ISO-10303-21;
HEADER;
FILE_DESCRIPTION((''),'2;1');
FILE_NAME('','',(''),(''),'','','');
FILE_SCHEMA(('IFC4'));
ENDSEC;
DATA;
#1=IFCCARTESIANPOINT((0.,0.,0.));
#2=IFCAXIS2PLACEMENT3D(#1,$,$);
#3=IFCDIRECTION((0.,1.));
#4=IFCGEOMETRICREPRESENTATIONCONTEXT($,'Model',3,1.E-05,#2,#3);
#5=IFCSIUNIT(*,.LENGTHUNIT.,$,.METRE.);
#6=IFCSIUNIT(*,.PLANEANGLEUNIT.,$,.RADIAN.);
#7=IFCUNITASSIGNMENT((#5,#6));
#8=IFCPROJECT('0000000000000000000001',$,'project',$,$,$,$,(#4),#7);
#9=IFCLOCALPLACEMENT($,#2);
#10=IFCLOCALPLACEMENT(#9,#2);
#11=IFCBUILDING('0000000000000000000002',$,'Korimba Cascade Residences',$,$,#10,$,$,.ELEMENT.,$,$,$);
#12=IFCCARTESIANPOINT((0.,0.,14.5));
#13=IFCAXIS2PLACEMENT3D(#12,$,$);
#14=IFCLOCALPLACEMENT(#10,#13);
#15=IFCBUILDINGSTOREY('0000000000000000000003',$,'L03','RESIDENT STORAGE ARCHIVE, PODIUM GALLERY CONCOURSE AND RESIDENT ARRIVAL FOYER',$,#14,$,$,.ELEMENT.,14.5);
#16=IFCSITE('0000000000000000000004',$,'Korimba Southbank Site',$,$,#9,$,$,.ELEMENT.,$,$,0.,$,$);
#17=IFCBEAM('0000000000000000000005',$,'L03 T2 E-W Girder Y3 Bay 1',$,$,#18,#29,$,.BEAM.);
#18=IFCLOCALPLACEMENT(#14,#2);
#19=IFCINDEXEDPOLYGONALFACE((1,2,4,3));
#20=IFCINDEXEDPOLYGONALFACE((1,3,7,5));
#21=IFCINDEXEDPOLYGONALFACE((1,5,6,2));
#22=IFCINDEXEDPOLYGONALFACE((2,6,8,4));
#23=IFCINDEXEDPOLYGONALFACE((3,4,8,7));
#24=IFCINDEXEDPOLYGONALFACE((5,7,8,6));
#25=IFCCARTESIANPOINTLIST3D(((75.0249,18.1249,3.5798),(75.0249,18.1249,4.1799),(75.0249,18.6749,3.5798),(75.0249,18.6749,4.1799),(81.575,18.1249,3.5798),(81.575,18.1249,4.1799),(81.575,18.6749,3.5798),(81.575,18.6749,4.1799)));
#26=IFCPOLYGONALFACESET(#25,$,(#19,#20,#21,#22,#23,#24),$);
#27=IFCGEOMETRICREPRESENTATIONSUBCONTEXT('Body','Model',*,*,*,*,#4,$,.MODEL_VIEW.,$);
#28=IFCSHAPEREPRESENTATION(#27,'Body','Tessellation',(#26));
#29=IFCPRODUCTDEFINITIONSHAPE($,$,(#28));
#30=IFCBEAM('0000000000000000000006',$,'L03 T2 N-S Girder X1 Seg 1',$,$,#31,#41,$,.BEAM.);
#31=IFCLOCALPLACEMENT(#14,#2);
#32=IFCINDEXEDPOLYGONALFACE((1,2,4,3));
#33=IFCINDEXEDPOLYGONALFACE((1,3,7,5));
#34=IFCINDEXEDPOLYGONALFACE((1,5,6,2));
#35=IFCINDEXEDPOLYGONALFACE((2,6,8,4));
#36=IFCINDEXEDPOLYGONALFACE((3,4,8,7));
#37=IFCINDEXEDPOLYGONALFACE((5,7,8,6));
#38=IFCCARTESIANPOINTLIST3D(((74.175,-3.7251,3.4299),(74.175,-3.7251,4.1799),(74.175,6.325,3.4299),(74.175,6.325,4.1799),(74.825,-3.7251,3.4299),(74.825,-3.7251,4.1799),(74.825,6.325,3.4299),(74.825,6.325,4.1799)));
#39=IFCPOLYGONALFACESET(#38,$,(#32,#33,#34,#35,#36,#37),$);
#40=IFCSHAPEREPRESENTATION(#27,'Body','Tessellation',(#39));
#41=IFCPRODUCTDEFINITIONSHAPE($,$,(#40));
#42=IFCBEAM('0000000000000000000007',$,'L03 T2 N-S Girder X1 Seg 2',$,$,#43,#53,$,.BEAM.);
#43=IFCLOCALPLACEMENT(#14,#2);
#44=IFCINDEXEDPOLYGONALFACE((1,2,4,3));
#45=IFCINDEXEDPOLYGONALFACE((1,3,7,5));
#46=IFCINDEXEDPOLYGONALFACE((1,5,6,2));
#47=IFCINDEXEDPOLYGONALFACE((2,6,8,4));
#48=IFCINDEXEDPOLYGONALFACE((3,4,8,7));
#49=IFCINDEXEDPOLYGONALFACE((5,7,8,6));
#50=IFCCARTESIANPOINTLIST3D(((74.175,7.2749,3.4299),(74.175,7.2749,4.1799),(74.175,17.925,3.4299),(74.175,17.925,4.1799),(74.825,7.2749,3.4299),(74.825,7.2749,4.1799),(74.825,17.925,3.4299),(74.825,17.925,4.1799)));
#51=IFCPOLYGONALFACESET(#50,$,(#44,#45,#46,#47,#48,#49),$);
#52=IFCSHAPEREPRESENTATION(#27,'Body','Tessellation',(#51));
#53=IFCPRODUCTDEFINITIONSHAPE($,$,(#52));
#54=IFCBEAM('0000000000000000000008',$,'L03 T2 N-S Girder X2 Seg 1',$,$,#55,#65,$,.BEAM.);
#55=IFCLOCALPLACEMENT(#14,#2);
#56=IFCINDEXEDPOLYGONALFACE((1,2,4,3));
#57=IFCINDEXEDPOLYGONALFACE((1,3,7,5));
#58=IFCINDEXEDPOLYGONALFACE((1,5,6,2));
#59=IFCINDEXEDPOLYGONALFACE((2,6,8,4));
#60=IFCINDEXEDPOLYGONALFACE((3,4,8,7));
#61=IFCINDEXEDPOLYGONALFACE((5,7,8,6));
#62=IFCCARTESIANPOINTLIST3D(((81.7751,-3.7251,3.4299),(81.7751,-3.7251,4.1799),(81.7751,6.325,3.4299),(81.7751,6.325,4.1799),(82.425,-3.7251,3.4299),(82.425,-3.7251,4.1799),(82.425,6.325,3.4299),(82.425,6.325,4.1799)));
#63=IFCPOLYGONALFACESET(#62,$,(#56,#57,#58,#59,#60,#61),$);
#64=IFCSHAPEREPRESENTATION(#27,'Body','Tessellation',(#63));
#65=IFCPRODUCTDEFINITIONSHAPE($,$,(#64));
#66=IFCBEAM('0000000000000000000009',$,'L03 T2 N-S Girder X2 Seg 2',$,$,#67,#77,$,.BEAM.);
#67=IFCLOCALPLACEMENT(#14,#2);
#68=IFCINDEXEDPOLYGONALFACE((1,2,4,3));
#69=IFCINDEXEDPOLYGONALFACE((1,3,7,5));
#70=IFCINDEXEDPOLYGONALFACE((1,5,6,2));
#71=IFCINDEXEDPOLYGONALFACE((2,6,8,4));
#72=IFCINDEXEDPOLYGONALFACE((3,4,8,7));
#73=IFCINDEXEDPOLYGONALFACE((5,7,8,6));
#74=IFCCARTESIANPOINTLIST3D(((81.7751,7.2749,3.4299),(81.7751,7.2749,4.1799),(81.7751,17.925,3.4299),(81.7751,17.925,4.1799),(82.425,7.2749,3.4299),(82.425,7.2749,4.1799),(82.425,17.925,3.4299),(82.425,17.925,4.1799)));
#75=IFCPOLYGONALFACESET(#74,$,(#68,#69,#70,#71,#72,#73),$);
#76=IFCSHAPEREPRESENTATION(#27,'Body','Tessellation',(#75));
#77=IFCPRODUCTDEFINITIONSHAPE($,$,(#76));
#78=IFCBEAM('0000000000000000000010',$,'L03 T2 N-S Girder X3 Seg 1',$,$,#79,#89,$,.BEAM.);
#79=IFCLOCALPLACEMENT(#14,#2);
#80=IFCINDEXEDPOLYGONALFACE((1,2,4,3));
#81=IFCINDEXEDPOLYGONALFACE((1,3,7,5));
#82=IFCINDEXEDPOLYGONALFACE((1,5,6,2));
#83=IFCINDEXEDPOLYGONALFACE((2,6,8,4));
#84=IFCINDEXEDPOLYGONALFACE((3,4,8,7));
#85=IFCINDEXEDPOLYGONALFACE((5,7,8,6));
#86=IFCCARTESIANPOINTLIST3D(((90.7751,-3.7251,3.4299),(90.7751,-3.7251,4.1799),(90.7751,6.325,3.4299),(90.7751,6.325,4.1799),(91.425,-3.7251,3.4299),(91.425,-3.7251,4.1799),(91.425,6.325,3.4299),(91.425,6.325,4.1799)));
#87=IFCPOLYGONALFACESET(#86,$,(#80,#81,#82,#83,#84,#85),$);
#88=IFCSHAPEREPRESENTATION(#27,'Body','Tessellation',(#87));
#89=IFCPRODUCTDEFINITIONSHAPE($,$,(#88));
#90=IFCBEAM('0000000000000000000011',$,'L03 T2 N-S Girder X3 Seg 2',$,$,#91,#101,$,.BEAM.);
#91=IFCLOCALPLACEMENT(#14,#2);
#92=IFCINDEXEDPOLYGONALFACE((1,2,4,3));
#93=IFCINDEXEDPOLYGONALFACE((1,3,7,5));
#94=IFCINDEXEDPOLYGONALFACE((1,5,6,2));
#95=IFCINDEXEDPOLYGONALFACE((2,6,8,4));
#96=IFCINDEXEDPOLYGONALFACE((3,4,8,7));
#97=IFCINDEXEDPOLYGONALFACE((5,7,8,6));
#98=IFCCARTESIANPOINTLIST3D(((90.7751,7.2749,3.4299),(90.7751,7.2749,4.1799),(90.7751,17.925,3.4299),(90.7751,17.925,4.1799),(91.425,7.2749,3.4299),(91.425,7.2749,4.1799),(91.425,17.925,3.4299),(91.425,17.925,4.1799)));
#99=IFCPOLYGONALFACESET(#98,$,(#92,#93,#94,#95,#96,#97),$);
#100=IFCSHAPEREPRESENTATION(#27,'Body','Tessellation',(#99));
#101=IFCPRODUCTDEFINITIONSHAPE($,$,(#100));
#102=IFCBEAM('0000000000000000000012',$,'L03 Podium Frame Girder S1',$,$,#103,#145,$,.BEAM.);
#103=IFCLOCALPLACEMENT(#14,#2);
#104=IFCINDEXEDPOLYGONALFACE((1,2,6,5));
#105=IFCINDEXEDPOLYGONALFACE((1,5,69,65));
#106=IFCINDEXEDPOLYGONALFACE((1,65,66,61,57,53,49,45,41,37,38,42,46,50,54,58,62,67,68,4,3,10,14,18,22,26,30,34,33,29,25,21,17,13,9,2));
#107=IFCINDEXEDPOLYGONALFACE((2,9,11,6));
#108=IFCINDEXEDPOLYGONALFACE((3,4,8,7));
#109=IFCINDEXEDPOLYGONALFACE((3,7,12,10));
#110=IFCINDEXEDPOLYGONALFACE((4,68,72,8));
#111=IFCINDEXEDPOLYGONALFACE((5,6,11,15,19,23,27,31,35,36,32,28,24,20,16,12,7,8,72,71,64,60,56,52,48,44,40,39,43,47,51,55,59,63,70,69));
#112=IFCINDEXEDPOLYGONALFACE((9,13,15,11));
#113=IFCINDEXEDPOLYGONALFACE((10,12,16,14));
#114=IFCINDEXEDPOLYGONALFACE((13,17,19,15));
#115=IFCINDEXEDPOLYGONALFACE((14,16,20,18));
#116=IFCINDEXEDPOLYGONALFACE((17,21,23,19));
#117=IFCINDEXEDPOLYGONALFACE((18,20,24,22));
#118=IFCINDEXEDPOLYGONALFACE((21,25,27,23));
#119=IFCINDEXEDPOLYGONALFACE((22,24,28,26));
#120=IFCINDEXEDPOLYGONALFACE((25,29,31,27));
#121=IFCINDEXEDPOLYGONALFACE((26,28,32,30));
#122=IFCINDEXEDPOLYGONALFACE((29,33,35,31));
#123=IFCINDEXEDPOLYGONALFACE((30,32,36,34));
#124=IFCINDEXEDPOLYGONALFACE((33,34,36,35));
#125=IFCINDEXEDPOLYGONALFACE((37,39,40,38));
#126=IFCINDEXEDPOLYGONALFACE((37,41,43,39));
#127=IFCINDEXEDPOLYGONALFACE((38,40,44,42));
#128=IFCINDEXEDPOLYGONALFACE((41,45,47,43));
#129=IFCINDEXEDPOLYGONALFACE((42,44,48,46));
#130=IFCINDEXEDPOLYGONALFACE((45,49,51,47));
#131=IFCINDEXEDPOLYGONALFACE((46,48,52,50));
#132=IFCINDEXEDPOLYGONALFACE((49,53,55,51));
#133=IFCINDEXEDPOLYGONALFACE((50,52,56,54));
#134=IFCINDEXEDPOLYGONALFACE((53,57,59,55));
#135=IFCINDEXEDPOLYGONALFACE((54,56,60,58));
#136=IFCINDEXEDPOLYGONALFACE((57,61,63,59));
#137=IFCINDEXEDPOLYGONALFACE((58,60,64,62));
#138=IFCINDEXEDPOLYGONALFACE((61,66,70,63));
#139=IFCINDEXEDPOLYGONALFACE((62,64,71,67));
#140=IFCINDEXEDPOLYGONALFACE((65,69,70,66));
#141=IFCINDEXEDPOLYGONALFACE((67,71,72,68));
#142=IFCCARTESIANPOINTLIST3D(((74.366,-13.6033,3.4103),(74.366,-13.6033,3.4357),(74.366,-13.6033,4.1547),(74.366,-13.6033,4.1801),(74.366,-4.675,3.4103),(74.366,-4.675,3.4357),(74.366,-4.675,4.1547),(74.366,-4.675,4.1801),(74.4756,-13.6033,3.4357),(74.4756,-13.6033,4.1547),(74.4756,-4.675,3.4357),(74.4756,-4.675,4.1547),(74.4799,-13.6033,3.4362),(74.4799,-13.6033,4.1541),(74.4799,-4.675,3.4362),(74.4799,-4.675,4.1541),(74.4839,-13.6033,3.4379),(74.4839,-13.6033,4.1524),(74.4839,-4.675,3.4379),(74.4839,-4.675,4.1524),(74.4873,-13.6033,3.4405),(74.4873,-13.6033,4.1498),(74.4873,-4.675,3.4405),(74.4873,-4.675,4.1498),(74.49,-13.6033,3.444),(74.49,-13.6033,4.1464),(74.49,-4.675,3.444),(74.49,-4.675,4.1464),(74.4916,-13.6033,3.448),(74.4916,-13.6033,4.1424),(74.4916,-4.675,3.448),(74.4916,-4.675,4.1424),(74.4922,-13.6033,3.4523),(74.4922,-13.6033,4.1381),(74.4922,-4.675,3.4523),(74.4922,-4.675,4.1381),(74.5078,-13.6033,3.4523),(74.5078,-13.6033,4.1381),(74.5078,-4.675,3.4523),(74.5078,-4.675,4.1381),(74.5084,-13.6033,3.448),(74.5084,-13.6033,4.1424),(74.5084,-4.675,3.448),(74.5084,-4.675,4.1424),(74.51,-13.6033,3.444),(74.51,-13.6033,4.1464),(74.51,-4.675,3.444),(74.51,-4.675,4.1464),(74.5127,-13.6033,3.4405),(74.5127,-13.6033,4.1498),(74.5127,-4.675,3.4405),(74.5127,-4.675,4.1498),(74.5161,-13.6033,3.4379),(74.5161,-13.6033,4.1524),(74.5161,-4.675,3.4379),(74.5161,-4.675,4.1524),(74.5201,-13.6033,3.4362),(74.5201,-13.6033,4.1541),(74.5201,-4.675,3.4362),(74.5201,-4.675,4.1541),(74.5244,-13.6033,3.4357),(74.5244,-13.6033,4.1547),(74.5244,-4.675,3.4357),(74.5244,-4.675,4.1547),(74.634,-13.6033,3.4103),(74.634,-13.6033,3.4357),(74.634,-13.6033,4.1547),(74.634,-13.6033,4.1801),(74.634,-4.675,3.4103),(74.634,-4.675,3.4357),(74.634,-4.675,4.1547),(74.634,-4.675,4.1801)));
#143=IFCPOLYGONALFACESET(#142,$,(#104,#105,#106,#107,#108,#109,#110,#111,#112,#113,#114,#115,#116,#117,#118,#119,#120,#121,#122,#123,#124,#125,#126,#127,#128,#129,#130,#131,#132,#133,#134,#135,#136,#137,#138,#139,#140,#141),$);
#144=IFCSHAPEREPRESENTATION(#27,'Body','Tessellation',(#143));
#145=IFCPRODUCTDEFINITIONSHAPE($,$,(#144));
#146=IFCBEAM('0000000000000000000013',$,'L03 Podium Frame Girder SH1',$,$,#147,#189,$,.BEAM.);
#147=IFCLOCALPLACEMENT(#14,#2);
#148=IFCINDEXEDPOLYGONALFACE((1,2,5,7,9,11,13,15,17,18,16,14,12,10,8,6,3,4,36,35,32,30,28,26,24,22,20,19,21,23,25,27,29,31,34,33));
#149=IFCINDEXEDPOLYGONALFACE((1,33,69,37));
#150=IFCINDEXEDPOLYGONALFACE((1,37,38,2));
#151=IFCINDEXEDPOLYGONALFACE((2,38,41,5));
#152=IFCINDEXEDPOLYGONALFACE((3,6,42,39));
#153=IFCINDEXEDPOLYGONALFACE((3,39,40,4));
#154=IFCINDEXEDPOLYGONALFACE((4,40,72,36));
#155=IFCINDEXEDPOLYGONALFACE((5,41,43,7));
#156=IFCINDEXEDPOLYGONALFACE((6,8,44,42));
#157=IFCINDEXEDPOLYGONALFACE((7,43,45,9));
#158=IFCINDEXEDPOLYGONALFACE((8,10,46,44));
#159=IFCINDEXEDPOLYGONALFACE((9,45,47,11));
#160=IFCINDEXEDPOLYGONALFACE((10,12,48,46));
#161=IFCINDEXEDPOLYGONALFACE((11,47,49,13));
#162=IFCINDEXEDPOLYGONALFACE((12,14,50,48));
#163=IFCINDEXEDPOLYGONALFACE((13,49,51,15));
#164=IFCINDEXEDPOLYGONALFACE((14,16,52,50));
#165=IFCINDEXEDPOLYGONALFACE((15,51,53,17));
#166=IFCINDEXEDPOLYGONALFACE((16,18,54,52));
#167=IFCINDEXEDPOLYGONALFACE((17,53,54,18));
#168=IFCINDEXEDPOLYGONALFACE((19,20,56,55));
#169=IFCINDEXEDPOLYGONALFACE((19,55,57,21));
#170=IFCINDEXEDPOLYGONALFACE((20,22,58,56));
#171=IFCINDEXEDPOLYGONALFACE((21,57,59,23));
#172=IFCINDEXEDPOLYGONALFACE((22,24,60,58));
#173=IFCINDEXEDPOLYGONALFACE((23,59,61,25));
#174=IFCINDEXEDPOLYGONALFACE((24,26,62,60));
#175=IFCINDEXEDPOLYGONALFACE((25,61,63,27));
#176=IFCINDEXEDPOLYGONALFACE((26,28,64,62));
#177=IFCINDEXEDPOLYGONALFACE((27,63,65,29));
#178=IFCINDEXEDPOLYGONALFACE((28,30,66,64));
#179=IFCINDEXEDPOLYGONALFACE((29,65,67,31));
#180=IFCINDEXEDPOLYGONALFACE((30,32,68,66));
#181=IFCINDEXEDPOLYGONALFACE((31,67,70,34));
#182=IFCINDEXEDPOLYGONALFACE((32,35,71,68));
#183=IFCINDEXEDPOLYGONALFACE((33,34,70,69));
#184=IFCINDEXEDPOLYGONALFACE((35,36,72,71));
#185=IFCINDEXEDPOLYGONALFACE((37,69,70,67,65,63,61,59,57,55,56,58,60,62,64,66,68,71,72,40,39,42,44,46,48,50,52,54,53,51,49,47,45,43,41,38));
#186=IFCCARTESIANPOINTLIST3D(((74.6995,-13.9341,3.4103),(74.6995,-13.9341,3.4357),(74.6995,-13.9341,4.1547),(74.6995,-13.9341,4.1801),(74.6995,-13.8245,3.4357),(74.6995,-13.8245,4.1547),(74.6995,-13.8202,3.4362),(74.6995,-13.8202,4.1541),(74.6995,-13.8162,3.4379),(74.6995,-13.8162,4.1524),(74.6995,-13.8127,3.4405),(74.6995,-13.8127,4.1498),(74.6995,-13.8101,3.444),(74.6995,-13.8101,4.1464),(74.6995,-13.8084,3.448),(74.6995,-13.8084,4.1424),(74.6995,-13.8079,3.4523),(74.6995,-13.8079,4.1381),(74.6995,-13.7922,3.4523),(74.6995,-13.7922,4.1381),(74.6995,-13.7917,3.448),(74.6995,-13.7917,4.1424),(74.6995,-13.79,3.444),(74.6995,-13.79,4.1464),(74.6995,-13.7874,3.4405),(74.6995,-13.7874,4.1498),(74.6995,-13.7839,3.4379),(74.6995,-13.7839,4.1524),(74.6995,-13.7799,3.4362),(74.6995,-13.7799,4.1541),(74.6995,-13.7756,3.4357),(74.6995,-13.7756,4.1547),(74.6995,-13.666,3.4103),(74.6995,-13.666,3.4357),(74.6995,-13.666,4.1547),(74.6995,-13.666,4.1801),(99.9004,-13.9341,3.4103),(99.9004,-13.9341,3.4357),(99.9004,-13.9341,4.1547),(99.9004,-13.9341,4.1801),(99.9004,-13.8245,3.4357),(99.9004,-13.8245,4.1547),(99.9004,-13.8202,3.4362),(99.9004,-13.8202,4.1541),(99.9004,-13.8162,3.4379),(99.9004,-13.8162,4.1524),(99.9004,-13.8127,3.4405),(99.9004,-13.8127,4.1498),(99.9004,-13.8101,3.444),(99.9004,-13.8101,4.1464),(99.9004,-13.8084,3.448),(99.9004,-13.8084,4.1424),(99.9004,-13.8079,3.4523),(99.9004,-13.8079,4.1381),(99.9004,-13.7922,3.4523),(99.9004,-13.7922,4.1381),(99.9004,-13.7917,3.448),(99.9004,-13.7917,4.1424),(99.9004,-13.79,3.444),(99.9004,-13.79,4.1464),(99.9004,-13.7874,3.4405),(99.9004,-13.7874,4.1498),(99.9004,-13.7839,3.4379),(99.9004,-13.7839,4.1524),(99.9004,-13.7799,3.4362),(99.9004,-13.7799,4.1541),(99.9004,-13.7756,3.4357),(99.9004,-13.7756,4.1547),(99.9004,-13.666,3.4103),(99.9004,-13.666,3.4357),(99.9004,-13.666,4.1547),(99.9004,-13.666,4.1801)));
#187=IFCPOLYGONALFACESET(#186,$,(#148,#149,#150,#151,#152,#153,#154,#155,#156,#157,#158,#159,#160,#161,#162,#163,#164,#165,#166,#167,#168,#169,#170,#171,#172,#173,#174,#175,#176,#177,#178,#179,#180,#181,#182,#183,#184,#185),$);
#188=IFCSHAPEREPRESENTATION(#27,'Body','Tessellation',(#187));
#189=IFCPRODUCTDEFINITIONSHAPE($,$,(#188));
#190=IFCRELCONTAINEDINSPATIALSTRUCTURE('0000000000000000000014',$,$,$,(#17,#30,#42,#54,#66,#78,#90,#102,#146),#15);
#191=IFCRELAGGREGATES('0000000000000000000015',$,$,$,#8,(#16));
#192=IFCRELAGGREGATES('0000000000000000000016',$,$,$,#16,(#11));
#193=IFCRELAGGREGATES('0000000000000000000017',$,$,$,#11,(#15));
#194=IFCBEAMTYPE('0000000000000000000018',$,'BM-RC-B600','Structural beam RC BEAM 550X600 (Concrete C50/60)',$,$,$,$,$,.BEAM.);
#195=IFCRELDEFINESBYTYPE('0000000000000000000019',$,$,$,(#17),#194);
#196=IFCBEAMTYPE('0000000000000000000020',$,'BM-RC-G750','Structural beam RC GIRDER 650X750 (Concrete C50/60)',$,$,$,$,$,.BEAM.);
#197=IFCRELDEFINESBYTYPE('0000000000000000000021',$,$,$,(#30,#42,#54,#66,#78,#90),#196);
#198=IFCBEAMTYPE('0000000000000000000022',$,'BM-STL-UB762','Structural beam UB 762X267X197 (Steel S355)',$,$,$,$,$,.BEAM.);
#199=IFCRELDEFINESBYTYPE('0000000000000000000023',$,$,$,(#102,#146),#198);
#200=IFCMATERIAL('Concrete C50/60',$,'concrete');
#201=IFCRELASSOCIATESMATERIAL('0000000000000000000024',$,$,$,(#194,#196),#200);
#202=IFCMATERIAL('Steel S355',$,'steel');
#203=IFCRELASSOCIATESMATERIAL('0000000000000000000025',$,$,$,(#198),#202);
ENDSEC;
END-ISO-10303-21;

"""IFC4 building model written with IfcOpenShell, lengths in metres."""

from ifc_helpers import new_model, si_unit, direction, frame, origin, origin_2d, place, context, subcontext, project, spatial, rectangle, i_section, extrude, material, material_profile, profile_set, type_object, element, save


model = new_model("IFC4")

# Units and contexts
model_context = context("Model", 3, precision=1e-05, world=origin(), true_north=direction((0.0, 1.0)))
body_context = subcontext(model_context, "Body", "Model", "MODEL_VIEW")
ifc_project = project(units=[si_unit("LENGTHUNIT", "METRE"), si_unit("PLANEANGLEUNIT", "RADIAN")], contexts=[model_context])

# Site, building, storey
site_placement = place(None, origin())
site = spatial("IfcSite", under=ifc_project, at=site_placement, Name="Korimba Southbank Site", CompositionType="ELEMENT", RefElevation=0.0)
building_placement = place(site_placement, origin())
building = spatial("IfcBuilding", under=site, at=building_placement, Name="Korimba Cascade Residences", CompositionType="ELEMENT")
storey_placement = place(building_placement, frame((0.0, 0.0, 14.5)))
storey = spatial("IfcBuildingStorey", under=building, at=storey_placement, Name="L03", Description="RESIDENT STORAGE ARCHIVE, PODIUM GALLERY CONCOURSE AND RESIDENT ARRIVAL FOYER", CompositionType="ELEMENT", Elevation=14.5)

# Shared definitions
ifc_material_1 = material(Name="Steel S355", Category="steel")

# Beams
ifc_material_2 = material(Name="Concrete C50/60", Category="concrete")
ifc_material_profile_1 = material_profile(ifc_material_2, rectangle(XDim=0.55, YDim=0.6001, at=origin_2d()), Name="Concrete C50/60")
ifc_profile_set_1 = profile_set([ifc_material_profile_1], Name="Concrete C50/60")
beam_type_1 = type_object("IfcBeamType", Name="BM-RC-B600", Description="Structural beam RC BEAM 550X600 (Concrete C50/60)", PredefinedType="BEAM", material=ifc_profile_set_1)
beam_1_placement = place(storey_placement, frame((75.0249, 18.3999, 3.8799), z_axis=(1.0, 0.0, 0.0), x_axis=(0.0, 1.0, 0.0)))
element("IfcBeam", 1, at=beam_1_placement, inside=storey, type_object=beam_type_1, Name="L03 T2 E-W Girder Y3 Bay 1", PredefinedType="BEAM", context=body_context, shape_type="SweptSolid", body=[
    extrude(rectangle(XDim=0.55, YDim=0.6001, at=origin_2d()), origin(), (0.0, 0.0, 1.0), 6.55),
])
ifc_material_profile_2 = material_profile(ifc_material_2, rectangle(XDim=0.6499, YDim=0.75, at=origin_2d()), Name="Concrete C50/60")
ifc_profile_set_2 = profile_set([ifc_material_profile_2], Name="Concrete C50/60")
beam_type_2 = type_object("IfcBeamType", Name="BM-RC-G750", Description="Structural beam RC GIRDER 650X750 (Concrete C50/60)", PredefinedType="BEAM", material=ifc_profile_set_2)
beam_2_placement = place(storey_placement, frame((74.5, -3.7251, 3.8049), z_axis=(0.0, 1.0, 0.0), x_axis=(-1.0, 0.0, 0.0)))
element("IfcBeam", 2, at=beam_2_placement, inside=storey, type_object=beam_type_2, Name="L03 T2 N-S Girder X1 Seg 1", PredefinedType="BEAM", context=body_context, shape_type="SweptSolid", body=[
    extrude(rectangle(XDim=0.6499, YDim=0.75, at=origin_2d()), origin(), (0.0, 0.0, 1.0), 10.05),
])
beam_3_placement = place(storey_placement, frame((74.5, 7.2749, 3.8049), z_axis=(0.0, 1.0, 0.0), x_axis=(-1.0, 0.0, 0.0)))
element("IfcBeam", 3, at=beam_3_placement, inside=storey, type_object=beam_type_2, Name="L03 T2 N-S Girder X1 Seg 2", PredefinedType="BEAM", context=body_context, shape_type="SweptSolid", body=[
    extrude(rectangle(XDim=0.6499, YDim=0.75, at=origin_2d()), origin(), (0.0, 0.0, 1.0), 10.6501),
])
beam_4_placement = place(storey_placement, frame((82.1001, -3.7251, 3.8049), z_axis=(0.0, 1.0, 0.0), x_axis=(-1.0, 0.0, 0.0)))
element("IfcBeam", 4, at=beam_4_placement, inside=storey, type_object=beam_type_2, Name="L03 T2 N-S Girder X2 Seg 1", PredefinedType="BEAM", context=body_context, shape_type="SweptSolid", body=[
    extrude(rectangle(XDim=0.6499, YDim=0.75, at=origin_2d()), origin(), (0.0, 0.0, 1.0), 10.05),
])
beam_5_placement = place(storey_placement, frame((82.1001, 7.2749, 3.8049), z_axis=(0.0, 1.0, 0.0), x_axis=(-1.0, 0.0, 0.0)))
element("IfcBeam", 5, at=beam_5_placement, inside=storey, type_object=beam_type_2, Name="L03 T2 N-S Girder X2 Seg 2", PredefinedType="BEAM", context=body_context, shape_type="SweptSolid", body=[
    extrude(rectangle(XDim=0.6499, YDim=0.75, at=origin_2d()), origin(), (0.0, 0.0, 1.0), 10.6501),
])
beam_6_placement = place(storey_placement, frame((91.1001, -3.7251, 3.8049), z_axis=(0.0, 1.0, 0.0), x_axis=(-1.0, 0.0, 0.0)))
element("IfcBeam", 6, at=beam_6_placement, inside=storey, type_object=beam_type_2, Name="L03 T2 N-S Girder X3 Seg 1", PredefinedType="BEAM", context=body_context, shape_type="SweptSolid", body=[
    extrude(rectangle(XDim=0.6499, YDim=0.75, at=origin_2d()), origin(), (0.0, 0.0, 1.0), 10.05),
])
beam_7_placement = place(storey_placement, frame((91.1001, 7.2749, 3.8049), z_axis=(0.0, 1.0, 0.0), x_axis=(-1.0, 0.0, 0.0)))
element("IfcBeam", 7, at=beam_7_placement, inside=storey, type_object=beam_type_2, Name="L03 T2 N-S Girder X3 Seg 2", PredefinedType="BEAM", context=body_context, shape_type="SweptSolid", body=[
    extrude(rectangle(XDim=0.6499, YDim=0.75, at=origin_2d()), origin(), (0.0, 0.0, 1.0), 10.6501),
])
ifc_material_profile_3 = material_profile(ifc_material_1, i_section(OverallWidth=0.2681, OverallDepth=0.7698, WebThickness=0.0156, FlangeThickness=0.0254, FilletRadius=0.0166, at=origin_2d()), Name="Steel S355")
ifc_profile_set_3 = profile_set([ifc_material_profile_3], Name="Steel S355")
beam_type_3 = type_object("IfcBeamType", Name="BM-STL-UB762", Description="Structural beam UB 762X267X197 (Steel S355)", PredefinedType="BEAM", material=ifc_profile_set_3)
beam_8_placement = place(storey_placement, frame((74.5, -13.6033, 3.7952), z_axis=(0.0, 1.0, 0.0), x_axis=(-1.0, 0.0, 0.0)))
element("IfcBeam", 8, at=beam_8_placement, inside=storey, type_object=beam_type_3, Name="L03 Podium Frame Girder S1", PredefinedType="BEAM", context=body_context, shape_type="SweptSolid", body=[
    extrude(i_section(OverallWidth=0.2681, OverallDepth=0.7698, WebThickness=0.0156, FlangeThickness=0.0254, FilletRadius=0.0166, at=origin_2d()), origin(), (0.0, 0.0, 1.0), 8.9282),
])
beam_9_placement = place(storey_placement, frame((74.6995, -13.8, 3.7952), z_axis=(1.0, 0.0, 0.0), x_axis=(0.0, 1.0, 0.0)))
element("IfcBeam", 9, at=beam_9_placement, inside=storey, type_object=beam_type_3, Name="L03 Podium Frame Girder SH1", PredefinedType="BEAM", context=body_context, shape_type="SweptSolid", body=[
    extrude(i_section(OverallWidth=0.2681, OverallDepth=0.7698, WebThickness=0.0156, FlangeThickness=0.0254, FilletRadius=0.0166, at=origin_2d()), origin(), (0.0, 0.0, 1.0), 25.2009),
])

save(model, "model.ifc")
